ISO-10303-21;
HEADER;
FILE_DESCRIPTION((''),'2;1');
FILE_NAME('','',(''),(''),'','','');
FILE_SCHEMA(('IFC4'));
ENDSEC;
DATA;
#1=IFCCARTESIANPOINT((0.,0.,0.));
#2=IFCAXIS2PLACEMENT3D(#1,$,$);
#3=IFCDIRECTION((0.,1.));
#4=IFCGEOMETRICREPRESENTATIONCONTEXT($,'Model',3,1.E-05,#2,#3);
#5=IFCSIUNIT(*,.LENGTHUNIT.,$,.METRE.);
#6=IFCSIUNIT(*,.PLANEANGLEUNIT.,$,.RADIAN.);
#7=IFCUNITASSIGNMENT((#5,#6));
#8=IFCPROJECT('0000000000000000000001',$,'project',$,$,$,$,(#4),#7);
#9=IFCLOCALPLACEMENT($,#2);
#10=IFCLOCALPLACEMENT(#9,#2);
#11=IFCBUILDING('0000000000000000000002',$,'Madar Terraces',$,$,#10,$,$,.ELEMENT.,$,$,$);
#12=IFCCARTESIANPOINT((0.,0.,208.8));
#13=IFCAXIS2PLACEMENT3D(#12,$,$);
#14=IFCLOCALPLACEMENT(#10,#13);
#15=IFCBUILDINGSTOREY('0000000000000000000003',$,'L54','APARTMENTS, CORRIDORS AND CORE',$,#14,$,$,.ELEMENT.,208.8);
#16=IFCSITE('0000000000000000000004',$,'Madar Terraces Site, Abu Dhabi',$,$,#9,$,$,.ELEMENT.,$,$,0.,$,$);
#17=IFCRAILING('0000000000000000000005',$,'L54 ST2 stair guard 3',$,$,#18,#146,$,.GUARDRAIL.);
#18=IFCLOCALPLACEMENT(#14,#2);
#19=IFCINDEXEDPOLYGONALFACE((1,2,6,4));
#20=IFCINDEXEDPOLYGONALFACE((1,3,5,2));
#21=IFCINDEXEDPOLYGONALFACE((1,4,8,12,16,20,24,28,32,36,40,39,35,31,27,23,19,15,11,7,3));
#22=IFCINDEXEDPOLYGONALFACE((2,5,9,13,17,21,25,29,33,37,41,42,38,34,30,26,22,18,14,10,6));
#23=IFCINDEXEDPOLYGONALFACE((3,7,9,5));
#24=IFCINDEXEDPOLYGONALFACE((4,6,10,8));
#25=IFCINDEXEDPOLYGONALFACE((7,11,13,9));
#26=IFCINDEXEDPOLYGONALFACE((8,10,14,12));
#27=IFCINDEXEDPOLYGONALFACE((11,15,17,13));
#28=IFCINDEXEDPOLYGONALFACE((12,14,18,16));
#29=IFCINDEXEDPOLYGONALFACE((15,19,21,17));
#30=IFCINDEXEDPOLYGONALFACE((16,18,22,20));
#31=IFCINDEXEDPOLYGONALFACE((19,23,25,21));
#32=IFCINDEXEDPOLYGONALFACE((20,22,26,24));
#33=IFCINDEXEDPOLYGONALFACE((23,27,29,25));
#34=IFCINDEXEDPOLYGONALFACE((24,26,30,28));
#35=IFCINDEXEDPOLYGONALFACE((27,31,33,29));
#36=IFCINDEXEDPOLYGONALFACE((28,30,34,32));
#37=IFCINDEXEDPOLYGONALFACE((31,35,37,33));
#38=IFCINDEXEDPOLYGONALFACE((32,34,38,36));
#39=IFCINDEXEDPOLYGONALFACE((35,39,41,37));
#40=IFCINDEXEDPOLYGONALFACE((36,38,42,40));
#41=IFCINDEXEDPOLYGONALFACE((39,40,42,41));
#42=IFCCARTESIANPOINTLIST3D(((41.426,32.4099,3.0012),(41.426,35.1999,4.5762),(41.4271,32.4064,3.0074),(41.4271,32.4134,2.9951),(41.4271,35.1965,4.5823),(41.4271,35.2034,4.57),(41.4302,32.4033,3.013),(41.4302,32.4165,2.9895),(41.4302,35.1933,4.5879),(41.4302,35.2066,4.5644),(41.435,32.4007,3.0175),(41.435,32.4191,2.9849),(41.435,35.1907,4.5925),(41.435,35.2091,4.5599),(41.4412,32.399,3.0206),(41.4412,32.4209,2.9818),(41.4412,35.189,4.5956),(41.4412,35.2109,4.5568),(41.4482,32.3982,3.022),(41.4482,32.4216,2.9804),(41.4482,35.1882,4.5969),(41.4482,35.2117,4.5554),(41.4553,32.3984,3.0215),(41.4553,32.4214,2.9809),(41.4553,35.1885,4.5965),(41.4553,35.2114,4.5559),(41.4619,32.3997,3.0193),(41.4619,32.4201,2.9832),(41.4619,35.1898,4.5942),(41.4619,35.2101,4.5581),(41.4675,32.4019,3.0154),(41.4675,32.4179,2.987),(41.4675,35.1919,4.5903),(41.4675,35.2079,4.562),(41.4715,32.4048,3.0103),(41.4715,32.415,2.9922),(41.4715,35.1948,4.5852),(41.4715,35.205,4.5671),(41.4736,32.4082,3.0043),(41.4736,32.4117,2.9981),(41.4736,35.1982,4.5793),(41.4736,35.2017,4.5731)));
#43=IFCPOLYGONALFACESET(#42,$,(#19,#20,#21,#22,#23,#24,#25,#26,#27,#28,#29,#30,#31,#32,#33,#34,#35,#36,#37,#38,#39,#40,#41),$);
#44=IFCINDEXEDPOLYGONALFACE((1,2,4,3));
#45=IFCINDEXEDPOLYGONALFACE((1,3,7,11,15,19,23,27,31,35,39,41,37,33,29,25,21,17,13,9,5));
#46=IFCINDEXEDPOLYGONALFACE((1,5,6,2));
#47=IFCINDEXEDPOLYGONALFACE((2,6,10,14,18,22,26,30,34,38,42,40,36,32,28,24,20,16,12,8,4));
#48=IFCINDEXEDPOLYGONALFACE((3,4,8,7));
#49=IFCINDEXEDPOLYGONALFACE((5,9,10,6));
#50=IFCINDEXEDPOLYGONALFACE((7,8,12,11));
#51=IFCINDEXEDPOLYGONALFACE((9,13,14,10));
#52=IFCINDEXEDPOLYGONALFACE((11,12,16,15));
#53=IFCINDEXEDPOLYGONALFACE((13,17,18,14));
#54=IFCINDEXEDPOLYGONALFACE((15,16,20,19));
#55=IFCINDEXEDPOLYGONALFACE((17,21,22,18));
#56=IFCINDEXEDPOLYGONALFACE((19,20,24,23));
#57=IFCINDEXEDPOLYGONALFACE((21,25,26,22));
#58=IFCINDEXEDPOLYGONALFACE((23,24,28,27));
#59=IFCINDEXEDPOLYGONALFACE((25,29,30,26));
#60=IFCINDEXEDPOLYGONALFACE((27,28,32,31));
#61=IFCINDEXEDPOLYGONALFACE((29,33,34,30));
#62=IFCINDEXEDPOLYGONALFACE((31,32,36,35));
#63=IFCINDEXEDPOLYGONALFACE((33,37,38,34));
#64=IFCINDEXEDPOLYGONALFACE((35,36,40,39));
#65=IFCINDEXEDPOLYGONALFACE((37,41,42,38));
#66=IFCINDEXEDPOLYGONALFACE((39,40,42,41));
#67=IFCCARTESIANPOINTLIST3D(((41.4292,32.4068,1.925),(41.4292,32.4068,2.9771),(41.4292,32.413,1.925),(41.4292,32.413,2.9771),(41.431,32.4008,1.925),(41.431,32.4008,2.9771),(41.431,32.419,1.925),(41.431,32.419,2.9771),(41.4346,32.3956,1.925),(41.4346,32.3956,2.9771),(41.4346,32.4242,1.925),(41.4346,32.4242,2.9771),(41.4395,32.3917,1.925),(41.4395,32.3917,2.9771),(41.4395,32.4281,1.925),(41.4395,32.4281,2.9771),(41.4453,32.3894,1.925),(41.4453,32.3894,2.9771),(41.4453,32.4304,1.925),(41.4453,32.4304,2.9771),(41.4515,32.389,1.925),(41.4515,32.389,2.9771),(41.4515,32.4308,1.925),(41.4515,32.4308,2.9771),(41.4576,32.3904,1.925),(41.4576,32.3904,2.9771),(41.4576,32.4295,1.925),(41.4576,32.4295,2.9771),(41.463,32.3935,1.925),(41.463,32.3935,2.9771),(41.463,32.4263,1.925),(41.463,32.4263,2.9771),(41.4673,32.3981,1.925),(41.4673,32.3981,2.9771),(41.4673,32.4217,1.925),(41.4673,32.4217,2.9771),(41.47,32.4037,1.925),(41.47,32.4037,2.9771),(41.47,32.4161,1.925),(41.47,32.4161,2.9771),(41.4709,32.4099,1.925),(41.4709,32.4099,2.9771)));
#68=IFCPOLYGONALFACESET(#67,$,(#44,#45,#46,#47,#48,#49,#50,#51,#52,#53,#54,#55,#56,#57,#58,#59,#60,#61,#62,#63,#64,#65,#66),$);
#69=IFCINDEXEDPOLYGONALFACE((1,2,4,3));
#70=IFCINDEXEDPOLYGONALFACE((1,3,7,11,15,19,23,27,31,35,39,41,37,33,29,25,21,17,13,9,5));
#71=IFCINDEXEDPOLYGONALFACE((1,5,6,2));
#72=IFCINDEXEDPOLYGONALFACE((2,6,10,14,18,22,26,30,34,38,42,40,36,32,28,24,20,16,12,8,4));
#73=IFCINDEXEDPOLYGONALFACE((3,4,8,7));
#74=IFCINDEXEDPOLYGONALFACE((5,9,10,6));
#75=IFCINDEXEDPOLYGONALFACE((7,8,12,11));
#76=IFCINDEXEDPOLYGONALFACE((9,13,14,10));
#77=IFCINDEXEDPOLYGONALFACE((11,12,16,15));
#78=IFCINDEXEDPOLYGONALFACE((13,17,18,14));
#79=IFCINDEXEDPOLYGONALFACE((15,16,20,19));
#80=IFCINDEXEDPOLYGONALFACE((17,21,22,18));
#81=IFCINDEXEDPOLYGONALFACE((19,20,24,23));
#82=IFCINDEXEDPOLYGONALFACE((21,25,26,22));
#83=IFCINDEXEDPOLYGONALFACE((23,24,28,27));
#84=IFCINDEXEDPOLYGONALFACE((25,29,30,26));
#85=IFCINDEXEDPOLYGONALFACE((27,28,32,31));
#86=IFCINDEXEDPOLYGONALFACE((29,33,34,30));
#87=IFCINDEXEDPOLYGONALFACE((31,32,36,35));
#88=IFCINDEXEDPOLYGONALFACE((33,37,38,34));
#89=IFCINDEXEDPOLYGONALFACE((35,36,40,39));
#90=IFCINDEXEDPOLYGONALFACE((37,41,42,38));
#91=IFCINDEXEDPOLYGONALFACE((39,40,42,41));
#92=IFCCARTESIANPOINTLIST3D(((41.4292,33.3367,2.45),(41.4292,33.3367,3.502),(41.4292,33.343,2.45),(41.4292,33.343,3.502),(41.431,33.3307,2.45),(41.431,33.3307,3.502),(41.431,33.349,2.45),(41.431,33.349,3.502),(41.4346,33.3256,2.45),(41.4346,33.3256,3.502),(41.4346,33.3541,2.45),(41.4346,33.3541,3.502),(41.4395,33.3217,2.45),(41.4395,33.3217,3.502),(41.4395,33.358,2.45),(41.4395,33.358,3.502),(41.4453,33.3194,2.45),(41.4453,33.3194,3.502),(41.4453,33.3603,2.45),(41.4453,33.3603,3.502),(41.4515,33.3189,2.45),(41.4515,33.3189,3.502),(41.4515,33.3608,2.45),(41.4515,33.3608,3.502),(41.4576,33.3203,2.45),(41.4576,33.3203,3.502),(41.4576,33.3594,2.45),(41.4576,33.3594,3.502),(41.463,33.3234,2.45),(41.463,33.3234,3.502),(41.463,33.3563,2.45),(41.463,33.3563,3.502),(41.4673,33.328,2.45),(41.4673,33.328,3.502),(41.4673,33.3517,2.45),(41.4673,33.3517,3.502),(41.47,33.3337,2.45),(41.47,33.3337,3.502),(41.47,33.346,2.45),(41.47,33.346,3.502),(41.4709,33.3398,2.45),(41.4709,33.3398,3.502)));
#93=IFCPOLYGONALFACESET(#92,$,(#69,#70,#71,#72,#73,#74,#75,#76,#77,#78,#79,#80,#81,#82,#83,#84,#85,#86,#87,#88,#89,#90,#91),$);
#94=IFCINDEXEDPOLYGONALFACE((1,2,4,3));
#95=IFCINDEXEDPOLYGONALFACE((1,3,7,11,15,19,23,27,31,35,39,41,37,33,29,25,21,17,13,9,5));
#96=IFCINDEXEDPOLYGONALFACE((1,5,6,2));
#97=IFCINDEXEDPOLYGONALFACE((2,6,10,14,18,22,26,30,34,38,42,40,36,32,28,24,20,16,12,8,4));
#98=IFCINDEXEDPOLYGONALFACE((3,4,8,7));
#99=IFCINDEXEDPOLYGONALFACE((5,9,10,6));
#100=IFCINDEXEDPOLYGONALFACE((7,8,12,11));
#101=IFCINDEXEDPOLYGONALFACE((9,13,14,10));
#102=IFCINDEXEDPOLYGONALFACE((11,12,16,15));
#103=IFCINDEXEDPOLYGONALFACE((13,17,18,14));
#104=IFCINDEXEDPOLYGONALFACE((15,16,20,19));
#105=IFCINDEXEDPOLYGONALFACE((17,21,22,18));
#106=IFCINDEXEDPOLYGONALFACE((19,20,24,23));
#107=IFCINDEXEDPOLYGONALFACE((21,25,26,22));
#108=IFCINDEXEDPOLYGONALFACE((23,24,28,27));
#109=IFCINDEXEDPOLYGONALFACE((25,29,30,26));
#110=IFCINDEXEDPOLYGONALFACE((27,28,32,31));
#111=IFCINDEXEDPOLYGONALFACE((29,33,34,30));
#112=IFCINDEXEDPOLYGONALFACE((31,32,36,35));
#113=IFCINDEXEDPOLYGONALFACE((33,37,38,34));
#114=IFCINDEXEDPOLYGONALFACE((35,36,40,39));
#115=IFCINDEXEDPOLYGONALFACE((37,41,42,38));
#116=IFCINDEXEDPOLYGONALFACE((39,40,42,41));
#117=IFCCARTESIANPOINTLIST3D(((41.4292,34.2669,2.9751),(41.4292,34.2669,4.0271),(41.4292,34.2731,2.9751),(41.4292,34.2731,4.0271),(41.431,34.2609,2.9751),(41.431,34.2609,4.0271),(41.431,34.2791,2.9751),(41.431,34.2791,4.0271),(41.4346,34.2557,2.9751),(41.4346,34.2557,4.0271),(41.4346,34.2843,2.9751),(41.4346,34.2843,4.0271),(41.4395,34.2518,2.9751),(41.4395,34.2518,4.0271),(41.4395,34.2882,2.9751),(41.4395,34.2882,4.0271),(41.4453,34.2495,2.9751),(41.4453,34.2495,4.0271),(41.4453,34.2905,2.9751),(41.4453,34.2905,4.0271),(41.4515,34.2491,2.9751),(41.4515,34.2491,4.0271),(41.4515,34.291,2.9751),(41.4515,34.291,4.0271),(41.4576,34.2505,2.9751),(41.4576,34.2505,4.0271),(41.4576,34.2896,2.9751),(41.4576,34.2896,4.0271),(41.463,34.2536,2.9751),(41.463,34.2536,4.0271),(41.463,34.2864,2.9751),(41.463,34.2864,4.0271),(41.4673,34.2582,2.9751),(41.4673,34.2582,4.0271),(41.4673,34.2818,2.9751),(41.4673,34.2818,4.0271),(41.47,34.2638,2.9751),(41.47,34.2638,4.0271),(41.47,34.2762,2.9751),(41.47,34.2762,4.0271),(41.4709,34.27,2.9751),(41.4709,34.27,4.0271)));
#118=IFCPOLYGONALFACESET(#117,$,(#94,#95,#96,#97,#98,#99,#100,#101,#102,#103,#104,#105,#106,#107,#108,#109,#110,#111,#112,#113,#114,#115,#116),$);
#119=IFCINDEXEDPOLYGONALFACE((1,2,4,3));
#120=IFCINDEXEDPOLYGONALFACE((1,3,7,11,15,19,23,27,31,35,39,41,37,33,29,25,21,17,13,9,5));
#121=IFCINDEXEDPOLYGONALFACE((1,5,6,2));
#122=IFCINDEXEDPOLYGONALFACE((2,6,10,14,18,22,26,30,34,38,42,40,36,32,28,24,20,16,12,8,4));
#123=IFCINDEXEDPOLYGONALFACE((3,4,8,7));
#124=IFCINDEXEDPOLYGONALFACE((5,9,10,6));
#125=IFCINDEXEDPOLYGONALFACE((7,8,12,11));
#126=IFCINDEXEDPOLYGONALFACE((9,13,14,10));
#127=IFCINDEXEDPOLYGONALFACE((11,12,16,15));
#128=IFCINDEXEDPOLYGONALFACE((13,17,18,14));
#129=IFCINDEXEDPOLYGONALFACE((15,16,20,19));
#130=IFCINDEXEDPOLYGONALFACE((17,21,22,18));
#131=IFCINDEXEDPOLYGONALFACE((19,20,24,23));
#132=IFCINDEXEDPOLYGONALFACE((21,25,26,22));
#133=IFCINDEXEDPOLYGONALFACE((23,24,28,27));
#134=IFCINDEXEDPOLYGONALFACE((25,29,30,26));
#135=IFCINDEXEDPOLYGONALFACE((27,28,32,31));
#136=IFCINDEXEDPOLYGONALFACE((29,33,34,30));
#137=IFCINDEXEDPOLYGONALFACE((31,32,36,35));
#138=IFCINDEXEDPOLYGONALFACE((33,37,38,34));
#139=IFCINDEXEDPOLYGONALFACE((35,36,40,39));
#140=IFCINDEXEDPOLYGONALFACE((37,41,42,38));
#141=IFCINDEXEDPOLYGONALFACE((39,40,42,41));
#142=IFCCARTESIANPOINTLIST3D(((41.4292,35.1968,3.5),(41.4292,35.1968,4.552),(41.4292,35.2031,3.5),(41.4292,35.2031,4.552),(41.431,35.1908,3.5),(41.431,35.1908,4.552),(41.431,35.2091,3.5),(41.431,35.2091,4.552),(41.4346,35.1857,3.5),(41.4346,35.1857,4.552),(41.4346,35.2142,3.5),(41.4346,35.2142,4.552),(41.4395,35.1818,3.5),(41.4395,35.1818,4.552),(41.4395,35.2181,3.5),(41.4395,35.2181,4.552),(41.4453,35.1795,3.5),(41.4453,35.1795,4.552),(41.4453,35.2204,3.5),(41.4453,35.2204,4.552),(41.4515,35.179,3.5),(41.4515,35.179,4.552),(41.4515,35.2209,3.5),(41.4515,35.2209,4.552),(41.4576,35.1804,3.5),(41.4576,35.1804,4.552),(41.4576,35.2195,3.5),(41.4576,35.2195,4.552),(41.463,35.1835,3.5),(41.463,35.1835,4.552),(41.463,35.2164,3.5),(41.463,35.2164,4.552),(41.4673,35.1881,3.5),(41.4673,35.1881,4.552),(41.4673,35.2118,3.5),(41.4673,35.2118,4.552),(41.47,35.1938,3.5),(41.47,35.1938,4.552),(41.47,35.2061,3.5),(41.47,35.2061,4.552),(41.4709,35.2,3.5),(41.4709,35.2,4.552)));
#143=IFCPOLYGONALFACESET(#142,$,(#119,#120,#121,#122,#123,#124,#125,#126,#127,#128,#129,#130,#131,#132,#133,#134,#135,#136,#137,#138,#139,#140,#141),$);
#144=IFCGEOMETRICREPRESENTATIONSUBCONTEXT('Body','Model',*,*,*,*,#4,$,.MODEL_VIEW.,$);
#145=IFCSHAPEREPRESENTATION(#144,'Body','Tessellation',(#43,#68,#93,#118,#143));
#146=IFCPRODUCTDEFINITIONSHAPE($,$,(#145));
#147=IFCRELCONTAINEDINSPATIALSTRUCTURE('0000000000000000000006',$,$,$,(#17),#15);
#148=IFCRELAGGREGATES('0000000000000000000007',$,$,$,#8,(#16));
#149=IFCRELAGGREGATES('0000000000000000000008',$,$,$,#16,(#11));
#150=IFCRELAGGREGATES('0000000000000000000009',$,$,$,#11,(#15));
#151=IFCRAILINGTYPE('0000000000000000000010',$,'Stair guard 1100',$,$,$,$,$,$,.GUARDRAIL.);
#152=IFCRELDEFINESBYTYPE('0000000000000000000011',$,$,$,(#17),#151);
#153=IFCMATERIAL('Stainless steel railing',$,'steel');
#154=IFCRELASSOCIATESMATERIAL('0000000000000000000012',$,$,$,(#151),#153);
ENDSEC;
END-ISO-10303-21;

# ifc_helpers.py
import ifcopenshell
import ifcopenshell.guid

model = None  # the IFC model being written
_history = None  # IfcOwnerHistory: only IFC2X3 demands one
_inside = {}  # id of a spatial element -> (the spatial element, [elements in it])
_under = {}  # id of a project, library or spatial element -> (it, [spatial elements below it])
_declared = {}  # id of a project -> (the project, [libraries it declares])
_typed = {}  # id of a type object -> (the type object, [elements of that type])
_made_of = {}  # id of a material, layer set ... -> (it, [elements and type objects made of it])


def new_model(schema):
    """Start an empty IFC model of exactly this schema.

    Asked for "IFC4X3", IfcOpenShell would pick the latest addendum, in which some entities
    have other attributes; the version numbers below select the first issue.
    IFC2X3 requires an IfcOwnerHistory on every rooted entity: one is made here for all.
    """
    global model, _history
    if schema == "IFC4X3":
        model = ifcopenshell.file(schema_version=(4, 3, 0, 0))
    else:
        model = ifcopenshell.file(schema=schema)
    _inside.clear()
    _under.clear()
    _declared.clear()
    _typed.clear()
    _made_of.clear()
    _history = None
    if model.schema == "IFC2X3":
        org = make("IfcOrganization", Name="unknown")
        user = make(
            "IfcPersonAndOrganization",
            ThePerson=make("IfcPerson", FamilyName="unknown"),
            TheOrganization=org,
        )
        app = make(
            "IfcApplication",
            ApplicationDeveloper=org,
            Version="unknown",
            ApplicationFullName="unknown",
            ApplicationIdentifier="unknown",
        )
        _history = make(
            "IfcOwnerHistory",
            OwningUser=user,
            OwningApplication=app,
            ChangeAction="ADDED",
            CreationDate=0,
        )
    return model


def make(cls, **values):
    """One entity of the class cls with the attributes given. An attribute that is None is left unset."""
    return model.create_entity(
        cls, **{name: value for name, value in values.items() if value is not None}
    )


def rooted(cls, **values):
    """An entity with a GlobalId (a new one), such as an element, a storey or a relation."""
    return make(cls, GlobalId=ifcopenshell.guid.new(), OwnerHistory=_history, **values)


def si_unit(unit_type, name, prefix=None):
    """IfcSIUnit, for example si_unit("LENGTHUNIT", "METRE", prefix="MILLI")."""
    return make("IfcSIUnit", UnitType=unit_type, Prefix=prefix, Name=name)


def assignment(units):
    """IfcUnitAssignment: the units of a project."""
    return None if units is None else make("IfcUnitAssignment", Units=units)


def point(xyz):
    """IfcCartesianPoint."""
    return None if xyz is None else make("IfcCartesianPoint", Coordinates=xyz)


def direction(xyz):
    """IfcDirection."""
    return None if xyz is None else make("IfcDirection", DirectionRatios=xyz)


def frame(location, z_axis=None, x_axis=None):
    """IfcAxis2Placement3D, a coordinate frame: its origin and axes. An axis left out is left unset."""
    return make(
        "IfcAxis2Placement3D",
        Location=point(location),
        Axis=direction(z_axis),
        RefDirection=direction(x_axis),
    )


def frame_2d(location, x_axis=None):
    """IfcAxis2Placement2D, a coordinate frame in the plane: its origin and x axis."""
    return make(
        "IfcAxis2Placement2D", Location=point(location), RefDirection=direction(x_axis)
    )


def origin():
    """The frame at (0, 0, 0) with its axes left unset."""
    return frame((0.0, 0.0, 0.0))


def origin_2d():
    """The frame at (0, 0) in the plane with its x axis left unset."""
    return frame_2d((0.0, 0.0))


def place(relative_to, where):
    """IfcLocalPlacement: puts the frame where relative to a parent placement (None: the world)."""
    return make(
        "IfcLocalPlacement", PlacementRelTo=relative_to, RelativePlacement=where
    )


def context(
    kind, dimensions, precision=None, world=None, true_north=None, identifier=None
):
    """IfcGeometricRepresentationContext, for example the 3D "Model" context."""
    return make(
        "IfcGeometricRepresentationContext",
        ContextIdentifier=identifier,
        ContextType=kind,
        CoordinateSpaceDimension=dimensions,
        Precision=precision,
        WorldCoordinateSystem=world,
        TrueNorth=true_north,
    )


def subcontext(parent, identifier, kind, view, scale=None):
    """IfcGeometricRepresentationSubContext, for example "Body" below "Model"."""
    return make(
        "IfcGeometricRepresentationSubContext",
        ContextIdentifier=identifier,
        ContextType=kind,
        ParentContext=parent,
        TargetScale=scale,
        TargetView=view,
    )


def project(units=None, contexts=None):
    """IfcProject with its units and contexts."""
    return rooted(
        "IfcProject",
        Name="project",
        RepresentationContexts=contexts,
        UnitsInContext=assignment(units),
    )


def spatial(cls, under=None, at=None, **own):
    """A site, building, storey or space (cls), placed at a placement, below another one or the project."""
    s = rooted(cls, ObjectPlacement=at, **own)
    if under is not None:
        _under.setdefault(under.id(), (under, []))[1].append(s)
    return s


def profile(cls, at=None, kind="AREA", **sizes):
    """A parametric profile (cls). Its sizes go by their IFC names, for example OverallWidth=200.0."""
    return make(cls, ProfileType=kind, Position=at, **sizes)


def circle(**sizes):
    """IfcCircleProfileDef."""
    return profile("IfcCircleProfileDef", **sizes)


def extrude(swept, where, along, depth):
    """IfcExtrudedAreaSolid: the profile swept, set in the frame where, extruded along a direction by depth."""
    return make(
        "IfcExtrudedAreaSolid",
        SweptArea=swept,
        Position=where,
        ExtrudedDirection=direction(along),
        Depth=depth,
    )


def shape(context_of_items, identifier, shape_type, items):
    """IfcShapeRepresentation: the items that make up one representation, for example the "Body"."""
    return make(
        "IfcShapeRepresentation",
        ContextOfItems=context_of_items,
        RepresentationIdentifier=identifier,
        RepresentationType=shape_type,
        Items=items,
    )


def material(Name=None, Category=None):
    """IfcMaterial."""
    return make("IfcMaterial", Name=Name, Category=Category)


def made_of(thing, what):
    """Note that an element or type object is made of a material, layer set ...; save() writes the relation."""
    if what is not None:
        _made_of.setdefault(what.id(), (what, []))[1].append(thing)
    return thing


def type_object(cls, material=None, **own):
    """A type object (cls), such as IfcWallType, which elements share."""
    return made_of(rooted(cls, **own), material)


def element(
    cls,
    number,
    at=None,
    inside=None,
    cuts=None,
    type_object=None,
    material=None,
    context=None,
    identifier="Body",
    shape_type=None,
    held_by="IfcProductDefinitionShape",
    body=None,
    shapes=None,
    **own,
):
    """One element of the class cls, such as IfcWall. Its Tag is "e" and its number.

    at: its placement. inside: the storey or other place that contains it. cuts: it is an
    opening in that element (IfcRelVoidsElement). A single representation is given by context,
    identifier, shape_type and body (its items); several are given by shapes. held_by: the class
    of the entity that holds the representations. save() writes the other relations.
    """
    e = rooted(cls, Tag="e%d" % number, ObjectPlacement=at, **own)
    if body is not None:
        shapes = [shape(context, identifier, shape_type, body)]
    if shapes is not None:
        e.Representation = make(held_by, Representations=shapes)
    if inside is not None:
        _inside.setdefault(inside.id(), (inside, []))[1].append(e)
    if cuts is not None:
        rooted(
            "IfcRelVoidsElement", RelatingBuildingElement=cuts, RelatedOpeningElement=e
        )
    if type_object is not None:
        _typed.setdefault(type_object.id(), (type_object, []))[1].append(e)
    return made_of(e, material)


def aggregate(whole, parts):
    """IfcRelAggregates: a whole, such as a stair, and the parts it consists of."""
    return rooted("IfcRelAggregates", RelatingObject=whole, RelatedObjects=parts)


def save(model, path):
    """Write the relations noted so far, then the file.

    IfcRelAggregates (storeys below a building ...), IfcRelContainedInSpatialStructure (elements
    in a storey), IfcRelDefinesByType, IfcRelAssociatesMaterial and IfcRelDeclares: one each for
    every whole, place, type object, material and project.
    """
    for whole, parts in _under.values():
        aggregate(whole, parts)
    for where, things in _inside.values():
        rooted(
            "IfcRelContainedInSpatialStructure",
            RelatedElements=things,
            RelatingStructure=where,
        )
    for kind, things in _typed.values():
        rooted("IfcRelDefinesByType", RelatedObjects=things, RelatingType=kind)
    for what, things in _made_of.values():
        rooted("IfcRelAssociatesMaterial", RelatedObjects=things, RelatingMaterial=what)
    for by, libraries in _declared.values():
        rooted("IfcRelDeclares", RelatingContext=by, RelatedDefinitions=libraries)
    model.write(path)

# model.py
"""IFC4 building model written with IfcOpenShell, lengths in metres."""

from ifc_helpers import new_model, si_unit, direction, frame, origin, origin_2d, place, context, subcontext, project, spatial, circle, extrude, material, type_object, element, save


model = new_model("IFC4")

# Units and contexts
model_context = context("Model", 3, precision=1e-05, world=origin(), true_north=direction((0.0, 1.0)))
body_context = subcontext(model_context, "Body", "Model", "MODEL_VIEW")
ifc_project = project(units=[si_unit("LENGTHUNIT", "METRE"), si_unit("PLANEANGLEUNIT", "RADIAN")], contexts=[model_context])

# Site, building, storey
site_placement = place(None, origin())
site = spatial("IfcSite", under=ifc_project, at=site_placement, Name="Madar Terraces Site, Abu Dhabi", CompositionType="ELEMENT", RefElevation=0.0)
building_placement = place(site_placement, origin())
building = spatial("IfcBuilding", under=site, at=building_placement, Name="Madar Terraces", CompositionType="ELEMENT")
storey_placement = place(building_placement, frame((0.0, 0.0, 208.8)))
storey = spatial("IfcBuildingStorey", under=building, at=storey_placement, Name="L54", Description="APARTMENTS, CORRIDORS AND CORE", CompositionType="ELEMENT", Elevation=208.8)

# Railing
ifc_material_1 = material(Name="Stainless steel railing", Category="steel")
railing_type_1 = type_object("IfcRailingType", Name="Stair guard 1100", PredefinedType="GUARDRAIL", material=ifc_material_1)
railing_1_placement = place(storey_placement, frame((41.45, 32.4099, 1.925)))
element("IfcRailing", 1, at=railing_1_placement, inside=storey, type_object=railing_type_1, Name="L54 ST2 stair guard 3", PredefinedType="GUARDRAIL", context=body_context, shape_type="SweptSolid", body=[
    extrude(circle(Radius=0.0239, at=origin_2d()), frame((0.0, 0.0, 1.0762), z_axis=(0.0, 0.870834, 0.491578), x_axis=(-1.0, 0.0, 0.0)), (0.0, 0.0, 1.0), 3.2039),
    extrude(circle(Radius=0.021, at=origin_2d()), origin(), (0.0, 0.0, 1.0), 1.052),
    extrude(circle(Radius=0.021, at=origin_2d()), frame((0.0, 0.9299, 0.5249)), (0.0, 0.0, 1.0), 1.052),
    extrude(circle(Radius=0.021, at=origin_2d()), frame((0.0, 1.8601, 1.05)), (0.0, 0.0, 1.0), 1.052),
    extrude(circle(Radius=0.021, at=origin_2d()), frame((0.0, 2.79, 1.575)), (0.0, 0.0, 1.0), 1.052),
])

save(model, "model.ifc")
